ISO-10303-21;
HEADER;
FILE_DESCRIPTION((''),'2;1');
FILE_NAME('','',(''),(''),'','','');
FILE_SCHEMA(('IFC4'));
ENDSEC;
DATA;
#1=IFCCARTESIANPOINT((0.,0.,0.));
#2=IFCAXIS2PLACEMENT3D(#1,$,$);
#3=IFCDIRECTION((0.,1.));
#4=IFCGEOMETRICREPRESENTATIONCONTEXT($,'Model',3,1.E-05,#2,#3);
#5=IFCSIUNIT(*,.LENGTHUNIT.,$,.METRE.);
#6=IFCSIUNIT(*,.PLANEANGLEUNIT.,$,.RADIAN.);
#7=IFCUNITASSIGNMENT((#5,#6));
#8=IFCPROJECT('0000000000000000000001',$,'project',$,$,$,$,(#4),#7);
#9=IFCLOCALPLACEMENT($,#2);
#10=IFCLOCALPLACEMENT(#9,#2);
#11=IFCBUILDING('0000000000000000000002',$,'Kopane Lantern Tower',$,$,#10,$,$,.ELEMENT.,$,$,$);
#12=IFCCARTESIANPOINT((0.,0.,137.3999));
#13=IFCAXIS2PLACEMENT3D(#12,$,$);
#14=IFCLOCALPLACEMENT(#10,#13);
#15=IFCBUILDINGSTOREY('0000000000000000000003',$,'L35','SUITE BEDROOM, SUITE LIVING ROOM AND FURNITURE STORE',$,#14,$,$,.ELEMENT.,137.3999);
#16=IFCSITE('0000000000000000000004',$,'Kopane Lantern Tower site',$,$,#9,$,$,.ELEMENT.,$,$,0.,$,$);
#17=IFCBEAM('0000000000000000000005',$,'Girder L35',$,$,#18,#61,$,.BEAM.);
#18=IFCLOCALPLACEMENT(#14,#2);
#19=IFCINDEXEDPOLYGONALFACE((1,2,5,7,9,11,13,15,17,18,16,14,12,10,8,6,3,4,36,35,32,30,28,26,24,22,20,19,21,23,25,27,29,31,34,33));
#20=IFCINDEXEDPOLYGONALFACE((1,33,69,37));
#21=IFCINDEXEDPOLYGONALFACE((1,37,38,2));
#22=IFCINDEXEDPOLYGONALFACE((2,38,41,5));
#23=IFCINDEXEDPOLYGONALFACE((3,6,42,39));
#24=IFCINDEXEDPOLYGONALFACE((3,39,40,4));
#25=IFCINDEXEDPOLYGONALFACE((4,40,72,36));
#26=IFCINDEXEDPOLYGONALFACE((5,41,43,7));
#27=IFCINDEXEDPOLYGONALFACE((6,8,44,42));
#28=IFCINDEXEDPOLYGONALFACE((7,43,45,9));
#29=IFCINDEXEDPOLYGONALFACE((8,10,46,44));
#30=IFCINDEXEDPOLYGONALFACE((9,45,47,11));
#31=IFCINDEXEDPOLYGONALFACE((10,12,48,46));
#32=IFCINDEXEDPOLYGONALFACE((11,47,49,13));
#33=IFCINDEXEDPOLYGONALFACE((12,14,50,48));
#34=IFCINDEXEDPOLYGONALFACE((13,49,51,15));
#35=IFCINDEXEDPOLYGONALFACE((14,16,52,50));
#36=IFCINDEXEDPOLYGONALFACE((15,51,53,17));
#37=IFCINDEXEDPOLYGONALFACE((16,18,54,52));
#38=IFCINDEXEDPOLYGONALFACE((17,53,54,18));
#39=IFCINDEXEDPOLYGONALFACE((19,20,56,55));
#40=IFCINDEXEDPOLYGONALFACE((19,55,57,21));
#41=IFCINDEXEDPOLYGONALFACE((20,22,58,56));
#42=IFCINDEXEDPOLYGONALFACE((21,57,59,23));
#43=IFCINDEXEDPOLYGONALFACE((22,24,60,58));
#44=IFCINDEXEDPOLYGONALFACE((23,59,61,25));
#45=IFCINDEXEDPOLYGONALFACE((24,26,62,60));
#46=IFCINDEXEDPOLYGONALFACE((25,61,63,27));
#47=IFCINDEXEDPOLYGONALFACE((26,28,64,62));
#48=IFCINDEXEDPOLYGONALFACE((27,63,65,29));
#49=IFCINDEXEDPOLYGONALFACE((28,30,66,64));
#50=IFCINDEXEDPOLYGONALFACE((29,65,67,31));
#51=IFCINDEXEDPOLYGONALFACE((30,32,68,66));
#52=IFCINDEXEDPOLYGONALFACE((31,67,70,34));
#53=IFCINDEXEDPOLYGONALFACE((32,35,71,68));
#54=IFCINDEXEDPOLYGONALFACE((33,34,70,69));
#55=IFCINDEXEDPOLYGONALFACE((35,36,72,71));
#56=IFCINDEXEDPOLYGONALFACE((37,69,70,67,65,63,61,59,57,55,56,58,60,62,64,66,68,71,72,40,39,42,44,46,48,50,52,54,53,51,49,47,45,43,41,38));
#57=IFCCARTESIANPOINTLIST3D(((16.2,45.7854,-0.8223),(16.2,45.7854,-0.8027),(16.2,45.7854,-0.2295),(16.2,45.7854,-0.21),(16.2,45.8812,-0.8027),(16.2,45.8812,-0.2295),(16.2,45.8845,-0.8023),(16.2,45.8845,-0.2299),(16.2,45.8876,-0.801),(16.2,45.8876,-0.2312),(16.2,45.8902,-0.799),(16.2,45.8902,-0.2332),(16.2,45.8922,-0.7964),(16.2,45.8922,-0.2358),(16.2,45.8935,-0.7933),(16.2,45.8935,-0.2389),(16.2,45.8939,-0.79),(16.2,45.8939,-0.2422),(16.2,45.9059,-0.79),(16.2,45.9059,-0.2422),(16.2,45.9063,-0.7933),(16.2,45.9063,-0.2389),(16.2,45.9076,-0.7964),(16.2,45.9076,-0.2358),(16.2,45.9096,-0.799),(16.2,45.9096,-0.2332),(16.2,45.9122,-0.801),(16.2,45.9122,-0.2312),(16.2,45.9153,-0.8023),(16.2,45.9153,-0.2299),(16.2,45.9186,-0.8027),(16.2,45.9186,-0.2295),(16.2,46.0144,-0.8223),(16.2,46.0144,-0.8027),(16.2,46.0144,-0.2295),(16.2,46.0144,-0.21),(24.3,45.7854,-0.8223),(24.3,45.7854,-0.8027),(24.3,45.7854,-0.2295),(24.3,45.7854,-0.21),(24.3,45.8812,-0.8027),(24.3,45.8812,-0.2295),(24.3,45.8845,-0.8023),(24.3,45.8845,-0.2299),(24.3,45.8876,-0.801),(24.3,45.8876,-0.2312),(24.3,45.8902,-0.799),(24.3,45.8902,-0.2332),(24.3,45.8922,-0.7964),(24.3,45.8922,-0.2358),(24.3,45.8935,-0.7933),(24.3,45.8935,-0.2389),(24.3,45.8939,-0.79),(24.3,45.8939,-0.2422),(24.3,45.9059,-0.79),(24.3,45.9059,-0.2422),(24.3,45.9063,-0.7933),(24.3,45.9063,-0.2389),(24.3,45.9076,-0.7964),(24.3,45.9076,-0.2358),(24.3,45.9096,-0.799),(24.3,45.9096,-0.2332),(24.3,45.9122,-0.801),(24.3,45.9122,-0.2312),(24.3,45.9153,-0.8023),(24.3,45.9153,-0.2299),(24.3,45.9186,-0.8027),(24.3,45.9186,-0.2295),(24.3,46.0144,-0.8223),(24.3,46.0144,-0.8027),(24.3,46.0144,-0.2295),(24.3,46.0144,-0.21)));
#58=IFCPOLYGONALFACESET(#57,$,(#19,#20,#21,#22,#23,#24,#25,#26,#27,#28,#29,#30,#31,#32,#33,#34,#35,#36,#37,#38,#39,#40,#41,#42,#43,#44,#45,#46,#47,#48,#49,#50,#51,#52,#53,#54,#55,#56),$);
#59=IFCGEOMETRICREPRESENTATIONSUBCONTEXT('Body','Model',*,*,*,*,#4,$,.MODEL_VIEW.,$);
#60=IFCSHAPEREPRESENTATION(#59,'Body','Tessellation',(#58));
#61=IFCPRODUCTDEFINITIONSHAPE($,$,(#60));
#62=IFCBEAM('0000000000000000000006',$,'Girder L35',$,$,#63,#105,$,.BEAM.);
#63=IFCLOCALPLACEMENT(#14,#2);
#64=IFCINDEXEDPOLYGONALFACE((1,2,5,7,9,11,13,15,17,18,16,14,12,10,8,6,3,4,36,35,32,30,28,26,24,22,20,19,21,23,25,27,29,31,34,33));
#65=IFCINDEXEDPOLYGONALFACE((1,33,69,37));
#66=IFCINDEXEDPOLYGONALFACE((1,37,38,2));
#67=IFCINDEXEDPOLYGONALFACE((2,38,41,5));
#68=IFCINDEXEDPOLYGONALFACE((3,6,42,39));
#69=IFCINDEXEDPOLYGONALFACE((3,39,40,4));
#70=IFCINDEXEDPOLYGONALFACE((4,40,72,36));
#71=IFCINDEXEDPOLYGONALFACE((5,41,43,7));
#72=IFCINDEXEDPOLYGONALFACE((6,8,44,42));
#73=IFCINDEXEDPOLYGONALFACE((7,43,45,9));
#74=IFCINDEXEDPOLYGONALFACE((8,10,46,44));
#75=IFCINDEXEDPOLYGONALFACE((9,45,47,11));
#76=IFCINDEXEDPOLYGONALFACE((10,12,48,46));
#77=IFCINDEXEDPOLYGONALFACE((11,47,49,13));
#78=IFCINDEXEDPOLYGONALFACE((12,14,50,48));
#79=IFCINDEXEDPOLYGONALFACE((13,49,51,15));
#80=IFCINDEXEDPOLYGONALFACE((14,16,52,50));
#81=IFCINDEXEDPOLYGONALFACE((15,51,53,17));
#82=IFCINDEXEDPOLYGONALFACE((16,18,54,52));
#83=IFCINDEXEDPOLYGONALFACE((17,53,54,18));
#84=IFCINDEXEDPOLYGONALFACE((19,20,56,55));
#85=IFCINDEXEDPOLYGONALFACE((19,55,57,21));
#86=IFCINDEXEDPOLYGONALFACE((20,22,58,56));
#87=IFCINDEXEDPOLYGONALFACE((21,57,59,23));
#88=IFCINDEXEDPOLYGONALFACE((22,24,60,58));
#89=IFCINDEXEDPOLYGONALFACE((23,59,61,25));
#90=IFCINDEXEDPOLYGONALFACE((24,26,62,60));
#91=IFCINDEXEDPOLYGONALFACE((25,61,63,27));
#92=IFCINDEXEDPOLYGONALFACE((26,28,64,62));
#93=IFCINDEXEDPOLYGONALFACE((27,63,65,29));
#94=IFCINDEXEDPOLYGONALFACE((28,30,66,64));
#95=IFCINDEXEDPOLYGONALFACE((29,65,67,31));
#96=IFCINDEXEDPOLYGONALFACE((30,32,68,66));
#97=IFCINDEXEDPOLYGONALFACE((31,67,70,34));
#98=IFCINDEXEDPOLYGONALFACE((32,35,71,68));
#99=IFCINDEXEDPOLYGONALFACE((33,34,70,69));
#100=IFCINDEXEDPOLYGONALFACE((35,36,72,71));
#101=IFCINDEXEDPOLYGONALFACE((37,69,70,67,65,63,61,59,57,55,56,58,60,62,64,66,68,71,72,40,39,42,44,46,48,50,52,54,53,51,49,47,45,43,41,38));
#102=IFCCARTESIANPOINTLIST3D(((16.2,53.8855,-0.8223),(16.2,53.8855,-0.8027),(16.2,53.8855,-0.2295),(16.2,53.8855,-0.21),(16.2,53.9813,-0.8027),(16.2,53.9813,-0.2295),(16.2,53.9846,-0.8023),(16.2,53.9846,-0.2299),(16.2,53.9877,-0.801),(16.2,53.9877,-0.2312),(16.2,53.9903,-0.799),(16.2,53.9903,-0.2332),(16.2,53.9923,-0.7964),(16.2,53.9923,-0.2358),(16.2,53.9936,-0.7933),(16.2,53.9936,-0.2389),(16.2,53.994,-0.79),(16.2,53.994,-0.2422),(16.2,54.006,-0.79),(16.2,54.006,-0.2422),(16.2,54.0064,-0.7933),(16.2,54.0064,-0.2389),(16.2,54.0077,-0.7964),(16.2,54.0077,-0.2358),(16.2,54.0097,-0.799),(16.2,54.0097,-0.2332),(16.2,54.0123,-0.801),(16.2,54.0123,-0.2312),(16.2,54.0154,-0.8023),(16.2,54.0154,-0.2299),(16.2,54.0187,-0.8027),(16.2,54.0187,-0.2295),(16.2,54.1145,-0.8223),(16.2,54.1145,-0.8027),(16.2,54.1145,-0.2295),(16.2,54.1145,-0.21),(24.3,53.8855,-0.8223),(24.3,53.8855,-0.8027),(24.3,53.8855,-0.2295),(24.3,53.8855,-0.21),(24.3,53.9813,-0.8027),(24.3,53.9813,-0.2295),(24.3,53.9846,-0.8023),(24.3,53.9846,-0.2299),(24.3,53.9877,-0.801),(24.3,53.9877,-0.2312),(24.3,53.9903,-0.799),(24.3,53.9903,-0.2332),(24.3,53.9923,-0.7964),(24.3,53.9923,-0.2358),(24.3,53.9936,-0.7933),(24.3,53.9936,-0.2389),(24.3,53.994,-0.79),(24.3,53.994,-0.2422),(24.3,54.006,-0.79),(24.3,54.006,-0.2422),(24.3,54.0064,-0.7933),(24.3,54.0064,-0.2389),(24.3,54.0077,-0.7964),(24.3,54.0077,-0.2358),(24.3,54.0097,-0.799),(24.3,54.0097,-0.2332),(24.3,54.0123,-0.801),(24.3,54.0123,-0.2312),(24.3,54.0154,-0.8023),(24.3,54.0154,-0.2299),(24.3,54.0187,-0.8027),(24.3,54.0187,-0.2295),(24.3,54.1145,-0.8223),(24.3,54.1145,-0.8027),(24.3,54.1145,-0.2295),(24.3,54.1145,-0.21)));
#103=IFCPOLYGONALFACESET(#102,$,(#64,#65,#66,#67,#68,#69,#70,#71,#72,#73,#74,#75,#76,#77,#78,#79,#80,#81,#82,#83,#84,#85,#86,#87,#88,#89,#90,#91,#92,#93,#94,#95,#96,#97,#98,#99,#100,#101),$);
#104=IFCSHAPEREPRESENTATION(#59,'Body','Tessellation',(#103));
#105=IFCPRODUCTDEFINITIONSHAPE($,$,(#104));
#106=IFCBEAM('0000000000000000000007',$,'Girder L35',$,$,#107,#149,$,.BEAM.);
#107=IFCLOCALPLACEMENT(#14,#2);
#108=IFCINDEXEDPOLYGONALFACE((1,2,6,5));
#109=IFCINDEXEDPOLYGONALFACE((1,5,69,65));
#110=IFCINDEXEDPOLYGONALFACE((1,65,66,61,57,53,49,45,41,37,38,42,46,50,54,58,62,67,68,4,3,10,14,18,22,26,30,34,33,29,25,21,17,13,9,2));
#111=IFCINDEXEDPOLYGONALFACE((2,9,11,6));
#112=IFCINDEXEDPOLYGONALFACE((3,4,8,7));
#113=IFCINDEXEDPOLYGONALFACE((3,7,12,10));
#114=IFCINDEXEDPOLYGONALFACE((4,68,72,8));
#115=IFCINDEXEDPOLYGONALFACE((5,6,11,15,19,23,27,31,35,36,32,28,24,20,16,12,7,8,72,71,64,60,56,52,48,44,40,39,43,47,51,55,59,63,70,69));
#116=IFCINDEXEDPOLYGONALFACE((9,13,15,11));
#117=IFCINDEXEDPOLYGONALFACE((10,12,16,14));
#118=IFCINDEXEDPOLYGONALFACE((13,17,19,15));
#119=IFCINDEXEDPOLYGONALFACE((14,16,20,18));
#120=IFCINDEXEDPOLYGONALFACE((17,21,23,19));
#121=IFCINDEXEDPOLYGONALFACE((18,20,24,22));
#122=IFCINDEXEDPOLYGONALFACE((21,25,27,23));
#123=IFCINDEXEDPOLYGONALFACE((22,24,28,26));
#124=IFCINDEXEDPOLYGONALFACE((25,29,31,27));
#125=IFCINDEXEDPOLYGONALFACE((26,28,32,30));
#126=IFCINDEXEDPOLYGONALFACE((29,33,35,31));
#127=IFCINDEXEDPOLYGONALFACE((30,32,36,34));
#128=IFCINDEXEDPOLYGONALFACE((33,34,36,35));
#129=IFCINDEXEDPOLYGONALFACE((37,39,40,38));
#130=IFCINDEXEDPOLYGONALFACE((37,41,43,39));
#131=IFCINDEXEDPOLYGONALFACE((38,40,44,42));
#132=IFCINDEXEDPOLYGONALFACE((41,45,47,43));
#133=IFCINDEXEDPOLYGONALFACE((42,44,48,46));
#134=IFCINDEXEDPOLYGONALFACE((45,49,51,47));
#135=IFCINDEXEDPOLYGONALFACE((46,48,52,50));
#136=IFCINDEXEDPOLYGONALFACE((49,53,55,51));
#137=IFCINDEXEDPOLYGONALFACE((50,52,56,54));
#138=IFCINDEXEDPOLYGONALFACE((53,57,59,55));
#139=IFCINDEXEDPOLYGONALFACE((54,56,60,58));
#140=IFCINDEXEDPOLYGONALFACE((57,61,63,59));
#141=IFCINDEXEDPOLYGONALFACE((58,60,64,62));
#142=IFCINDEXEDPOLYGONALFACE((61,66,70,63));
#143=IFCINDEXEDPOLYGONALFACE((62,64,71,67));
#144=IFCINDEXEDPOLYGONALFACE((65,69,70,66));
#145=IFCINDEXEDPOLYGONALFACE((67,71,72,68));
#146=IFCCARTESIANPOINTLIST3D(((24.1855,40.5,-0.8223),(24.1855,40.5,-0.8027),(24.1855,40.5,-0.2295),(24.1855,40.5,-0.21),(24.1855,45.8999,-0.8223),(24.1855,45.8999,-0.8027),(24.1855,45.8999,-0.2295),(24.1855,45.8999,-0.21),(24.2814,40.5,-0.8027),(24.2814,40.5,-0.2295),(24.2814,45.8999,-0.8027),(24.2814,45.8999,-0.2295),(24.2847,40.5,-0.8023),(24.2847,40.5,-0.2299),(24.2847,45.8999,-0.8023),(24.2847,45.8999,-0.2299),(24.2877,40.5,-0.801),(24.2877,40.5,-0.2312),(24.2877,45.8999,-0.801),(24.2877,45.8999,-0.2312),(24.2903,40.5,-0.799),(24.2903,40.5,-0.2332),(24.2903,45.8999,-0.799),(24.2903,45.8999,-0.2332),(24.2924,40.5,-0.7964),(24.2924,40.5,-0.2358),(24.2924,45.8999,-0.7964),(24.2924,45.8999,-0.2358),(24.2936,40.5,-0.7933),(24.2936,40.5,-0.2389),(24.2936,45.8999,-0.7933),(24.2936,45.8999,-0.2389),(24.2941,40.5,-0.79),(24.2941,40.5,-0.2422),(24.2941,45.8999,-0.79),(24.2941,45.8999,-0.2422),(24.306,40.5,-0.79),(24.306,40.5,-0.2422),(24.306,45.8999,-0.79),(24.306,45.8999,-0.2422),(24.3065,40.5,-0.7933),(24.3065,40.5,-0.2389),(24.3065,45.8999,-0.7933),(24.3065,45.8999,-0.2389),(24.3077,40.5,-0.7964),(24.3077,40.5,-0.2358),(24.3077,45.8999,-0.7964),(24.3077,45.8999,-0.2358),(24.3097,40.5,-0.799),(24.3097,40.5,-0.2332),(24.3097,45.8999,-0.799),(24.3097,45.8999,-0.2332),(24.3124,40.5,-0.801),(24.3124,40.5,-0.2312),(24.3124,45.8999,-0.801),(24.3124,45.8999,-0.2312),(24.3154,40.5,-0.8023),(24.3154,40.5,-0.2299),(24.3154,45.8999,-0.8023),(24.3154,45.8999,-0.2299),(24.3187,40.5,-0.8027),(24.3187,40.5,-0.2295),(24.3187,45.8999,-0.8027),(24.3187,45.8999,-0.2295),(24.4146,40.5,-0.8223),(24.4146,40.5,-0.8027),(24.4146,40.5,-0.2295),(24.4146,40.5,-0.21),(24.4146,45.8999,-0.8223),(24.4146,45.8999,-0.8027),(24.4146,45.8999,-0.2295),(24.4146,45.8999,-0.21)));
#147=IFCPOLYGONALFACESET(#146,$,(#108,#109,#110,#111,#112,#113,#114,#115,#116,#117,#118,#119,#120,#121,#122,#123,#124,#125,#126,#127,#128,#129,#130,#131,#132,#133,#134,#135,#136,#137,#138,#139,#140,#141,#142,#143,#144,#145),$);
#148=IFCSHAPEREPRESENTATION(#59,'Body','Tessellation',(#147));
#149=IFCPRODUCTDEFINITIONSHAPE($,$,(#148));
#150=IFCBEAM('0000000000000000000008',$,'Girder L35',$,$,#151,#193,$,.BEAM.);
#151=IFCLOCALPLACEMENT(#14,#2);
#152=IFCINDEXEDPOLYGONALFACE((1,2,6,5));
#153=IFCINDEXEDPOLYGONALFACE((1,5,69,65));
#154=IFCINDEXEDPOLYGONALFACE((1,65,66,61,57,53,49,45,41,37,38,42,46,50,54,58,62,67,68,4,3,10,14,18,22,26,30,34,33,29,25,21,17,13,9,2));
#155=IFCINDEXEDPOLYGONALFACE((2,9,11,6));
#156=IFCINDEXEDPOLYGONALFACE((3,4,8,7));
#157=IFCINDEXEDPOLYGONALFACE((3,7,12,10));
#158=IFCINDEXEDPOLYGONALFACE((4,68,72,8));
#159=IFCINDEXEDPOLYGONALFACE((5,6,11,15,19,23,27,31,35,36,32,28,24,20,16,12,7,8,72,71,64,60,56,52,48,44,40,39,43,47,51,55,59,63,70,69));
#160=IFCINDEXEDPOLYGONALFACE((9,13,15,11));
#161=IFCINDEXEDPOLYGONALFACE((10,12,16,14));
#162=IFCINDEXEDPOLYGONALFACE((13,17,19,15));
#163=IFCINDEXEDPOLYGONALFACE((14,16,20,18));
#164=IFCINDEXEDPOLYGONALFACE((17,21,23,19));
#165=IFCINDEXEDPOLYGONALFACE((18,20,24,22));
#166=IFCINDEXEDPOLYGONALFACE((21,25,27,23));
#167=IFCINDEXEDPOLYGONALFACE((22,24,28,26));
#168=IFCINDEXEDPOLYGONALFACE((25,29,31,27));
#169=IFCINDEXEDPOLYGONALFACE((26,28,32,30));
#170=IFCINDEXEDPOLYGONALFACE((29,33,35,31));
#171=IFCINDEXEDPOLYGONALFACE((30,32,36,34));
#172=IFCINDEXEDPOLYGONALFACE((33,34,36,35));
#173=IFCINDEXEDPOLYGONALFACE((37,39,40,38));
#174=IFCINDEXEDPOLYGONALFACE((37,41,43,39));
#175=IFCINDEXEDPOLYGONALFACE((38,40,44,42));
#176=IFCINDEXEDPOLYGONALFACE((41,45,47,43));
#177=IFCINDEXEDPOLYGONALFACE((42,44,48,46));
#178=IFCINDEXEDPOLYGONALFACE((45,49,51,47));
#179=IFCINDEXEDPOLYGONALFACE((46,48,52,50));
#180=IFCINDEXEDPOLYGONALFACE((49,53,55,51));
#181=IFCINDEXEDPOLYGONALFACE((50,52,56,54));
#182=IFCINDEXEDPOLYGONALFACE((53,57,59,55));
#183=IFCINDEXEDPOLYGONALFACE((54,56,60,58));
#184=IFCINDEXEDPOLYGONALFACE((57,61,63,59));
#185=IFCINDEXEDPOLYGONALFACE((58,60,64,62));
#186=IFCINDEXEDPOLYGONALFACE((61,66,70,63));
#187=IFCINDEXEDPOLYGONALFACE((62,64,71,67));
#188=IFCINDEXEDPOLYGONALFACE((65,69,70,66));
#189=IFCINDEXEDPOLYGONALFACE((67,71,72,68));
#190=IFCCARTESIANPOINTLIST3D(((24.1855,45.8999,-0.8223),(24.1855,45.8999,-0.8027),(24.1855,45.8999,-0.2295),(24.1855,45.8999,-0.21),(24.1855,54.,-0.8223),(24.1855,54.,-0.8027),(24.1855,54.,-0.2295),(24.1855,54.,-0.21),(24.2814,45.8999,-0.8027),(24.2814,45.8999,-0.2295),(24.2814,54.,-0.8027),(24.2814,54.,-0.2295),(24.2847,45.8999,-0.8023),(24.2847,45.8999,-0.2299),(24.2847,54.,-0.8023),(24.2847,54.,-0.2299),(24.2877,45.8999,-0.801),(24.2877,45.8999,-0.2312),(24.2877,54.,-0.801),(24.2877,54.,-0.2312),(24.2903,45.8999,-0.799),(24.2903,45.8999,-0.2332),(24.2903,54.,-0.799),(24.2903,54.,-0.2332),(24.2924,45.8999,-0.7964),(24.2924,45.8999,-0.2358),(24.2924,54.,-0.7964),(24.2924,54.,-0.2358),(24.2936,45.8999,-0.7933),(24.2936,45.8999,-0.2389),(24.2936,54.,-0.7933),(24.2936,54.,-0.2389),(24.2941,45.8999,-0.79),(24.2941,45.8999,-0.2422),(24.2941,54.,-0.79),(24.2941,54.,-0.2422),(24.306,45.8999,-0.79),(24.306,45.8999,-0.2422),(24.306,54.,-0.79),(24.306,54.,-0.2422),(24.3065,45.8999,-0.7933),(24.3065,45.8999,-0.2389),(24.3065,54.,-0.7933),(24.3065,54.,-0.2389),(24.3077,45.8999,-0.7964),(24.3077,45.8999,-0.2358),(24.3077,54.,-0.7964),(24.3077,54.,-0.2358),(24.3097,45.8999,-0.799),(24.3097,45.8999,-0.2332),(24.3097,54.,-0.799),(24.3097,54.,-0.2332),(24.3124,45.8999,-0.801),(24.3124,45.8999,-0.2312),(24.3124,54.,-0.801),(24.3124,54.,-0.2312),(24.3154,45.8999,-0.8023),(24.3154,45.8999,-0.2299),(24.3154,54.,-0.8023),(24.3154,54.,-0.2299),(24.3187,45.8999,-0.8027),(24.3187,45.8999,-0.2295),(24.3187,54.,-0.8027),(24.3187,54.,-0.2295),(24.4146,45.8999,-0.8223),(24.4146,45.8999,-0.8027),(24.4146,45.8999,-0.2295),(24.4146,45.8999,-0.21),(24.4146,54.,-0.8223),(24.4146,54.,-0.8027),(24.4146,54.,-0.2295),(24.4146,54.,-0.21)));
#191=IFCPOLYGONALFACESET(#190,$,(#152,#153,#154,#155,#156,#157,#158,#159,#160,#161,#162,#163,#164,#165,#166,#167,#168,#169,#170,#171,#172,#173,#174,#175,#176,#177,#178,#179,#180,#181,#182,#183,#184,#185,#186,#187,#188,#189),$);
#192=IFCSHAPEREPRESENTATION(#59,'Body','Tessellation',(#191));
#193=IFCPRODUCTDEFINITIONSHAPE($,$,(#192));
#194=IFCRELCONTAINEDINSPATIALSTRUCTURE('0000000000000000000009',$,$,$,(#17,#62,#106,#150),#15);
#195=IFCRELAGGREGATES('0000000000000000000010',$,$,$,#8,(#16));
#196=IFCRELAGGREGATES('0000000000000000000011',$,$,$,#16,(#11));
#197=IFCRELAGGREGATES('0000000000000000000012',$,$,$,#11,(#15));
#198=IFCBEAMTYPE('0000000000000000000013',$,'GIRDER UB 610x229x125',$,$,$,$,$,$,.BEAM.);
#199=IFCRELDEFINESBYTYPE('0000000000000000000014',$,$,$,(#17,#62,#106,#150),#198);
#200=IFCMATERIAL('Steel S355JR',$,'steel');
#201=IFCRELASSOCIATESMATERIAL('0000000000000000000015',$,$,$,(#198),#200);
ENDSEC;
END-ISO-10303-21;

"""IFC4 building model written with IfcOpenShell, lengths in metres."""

from ifc_helpers import new_model, si_unit, direction, frame, origin, origin_2d, place, context, subcontext, project, spatial, i_section, extrude, material, material_profile, profile_set, type_object, element, save


model = new_model("IFC4")

# Units and contexts
model_context = context("Model", 3, precision=1e-05, world=origin(), true_north=direction((0.0, 1.0)))
body_context = subcontext(model_context, "Body", "Model", "MODEL_VIEW")
ifc_project = project(units=[si_unit("LENGTHUNIT", "METRE"), si_unit("PLANEANGLEUNIT", "RADIAN")], contexts=[model_context])

# Site, building, storey
site_placement = place(None, origin())
site = spatial("IfcSite", under=ifc_project, at=site_placement, Name="Kopane Lantern Tower site", CompositionType="ELEMENT", RefElevation=0.0)
building_placement = place(site_placement, origin())
building = spatial("IfcBuilding", under=site, at=building_placement, Name="Kopane Lantern Tower", CompositionType="ELEMENT")
storey_placement = place(building_placement, frame((0.0, 0.0, 137.3999)))
storey = spatial("IfcBuildingStorey", under=building, at=storey_placement, Name="L35", Description="SUITE BEDROOM, SUITE LIVING ROOM AND FURNITURE STORE", CompositionType="ELEMENT", Elevation=137.3999)

# Beams
ifc_material_1 = material(Name="Steel S355JR", Category="steel")
ifc_material_profile_1 = material_profile(ifc_material_1, i_section(OverallWidth=0.229, OverallDepth=0.6123, WebThickness=0.012, FlangeThickness=0.0195, FilletRadius=0.0127, at=origin_2d()), Name="UB 610x229x125")
ifc_profile_set_1 = profile_set([ifc_material_profile_1], Name="Steel S355JR")
beam_type_1 = type_object("IfcBeamType", Name="GIRDER UB 610x229x125", PredefinedType="BEAM", material=ifc_profile_set_1)
for number, where, z_axis, x_axis, name in (
    (1, (16.2, 45.8999, -0.5161), (1.0, 0.0, 0.0), (0.0, 1.0, 0.0), "Girder L35"),
    (2, (16.2, 54.0, -0.5161), (1.0, 0.0, 0.0), (0.0, 1.0, 0.0), "Girder L35"),
):
    element("IfcBeam", number, at=place(storey_placement, frame(where, z_axis=z_axis, x_axis=x_axis)), inside=storey, type_object=beam_type_1, Name=name, PredefinedType="BEAM", context=body_context, shape_type="SweptSolid", body=[
        extrude(i_section(OverallWidth=0.229, OverallDepth=0.6123, WebThickness=0.012, FlangeThickness=0.0195, FilletRadius=0.0127, at=origin_2d()), origin(), (0.0, 0.0, 1.0), 8.1001),
    ])
beam_1_placement = place(storey_placement, frame((24.3, 40.5, -0.5161), z_axis=(0.0, 1.0, 0.0), x_axis=(-1.0, 0.0, 0.0)))
element("IfcBeam", 3, at=beam_1_placement, inside=storey, type_object=beam_type_1, Name="Girder L35", PredefinedType="BEAM", context=body_context, shape_type="SweptSolid", body=[
    extrude(i_section(OverallWidth=0.229, OverallDepth=0.6123, WebThickness=0.012, FlangeThickness=0.0195, FilletRadius=0.0127, at=origin_2d()), origin(), (0.0, 0.0, 1.0), 5.3999),
])
beam_2_placement = place(storey_placement, frame((24.3, 45.8999, -0.5161), z_axis=(0.0, 1.0, 0.0), x_axis=(-1.0, 0.0, 0.0)))
element("IfcBeam", 4, at=beam_2_placement, inside=storey, type_object=beam_type_1, Name="Girder L35", PredefinedType="BEAM", context=body_context, shape_type="SweptSolid", body=[
    extrude(i_section(OverallWidth=0.229, OverallDepth=0.6123, WebThickness=0.012, FlangeThickness=0.0195, FilletRadius=0.0127, at=origin_2d()), origin(), (0.0, 0.0, 1.0), 8.1001),
])

save(model, "model.ifc")
